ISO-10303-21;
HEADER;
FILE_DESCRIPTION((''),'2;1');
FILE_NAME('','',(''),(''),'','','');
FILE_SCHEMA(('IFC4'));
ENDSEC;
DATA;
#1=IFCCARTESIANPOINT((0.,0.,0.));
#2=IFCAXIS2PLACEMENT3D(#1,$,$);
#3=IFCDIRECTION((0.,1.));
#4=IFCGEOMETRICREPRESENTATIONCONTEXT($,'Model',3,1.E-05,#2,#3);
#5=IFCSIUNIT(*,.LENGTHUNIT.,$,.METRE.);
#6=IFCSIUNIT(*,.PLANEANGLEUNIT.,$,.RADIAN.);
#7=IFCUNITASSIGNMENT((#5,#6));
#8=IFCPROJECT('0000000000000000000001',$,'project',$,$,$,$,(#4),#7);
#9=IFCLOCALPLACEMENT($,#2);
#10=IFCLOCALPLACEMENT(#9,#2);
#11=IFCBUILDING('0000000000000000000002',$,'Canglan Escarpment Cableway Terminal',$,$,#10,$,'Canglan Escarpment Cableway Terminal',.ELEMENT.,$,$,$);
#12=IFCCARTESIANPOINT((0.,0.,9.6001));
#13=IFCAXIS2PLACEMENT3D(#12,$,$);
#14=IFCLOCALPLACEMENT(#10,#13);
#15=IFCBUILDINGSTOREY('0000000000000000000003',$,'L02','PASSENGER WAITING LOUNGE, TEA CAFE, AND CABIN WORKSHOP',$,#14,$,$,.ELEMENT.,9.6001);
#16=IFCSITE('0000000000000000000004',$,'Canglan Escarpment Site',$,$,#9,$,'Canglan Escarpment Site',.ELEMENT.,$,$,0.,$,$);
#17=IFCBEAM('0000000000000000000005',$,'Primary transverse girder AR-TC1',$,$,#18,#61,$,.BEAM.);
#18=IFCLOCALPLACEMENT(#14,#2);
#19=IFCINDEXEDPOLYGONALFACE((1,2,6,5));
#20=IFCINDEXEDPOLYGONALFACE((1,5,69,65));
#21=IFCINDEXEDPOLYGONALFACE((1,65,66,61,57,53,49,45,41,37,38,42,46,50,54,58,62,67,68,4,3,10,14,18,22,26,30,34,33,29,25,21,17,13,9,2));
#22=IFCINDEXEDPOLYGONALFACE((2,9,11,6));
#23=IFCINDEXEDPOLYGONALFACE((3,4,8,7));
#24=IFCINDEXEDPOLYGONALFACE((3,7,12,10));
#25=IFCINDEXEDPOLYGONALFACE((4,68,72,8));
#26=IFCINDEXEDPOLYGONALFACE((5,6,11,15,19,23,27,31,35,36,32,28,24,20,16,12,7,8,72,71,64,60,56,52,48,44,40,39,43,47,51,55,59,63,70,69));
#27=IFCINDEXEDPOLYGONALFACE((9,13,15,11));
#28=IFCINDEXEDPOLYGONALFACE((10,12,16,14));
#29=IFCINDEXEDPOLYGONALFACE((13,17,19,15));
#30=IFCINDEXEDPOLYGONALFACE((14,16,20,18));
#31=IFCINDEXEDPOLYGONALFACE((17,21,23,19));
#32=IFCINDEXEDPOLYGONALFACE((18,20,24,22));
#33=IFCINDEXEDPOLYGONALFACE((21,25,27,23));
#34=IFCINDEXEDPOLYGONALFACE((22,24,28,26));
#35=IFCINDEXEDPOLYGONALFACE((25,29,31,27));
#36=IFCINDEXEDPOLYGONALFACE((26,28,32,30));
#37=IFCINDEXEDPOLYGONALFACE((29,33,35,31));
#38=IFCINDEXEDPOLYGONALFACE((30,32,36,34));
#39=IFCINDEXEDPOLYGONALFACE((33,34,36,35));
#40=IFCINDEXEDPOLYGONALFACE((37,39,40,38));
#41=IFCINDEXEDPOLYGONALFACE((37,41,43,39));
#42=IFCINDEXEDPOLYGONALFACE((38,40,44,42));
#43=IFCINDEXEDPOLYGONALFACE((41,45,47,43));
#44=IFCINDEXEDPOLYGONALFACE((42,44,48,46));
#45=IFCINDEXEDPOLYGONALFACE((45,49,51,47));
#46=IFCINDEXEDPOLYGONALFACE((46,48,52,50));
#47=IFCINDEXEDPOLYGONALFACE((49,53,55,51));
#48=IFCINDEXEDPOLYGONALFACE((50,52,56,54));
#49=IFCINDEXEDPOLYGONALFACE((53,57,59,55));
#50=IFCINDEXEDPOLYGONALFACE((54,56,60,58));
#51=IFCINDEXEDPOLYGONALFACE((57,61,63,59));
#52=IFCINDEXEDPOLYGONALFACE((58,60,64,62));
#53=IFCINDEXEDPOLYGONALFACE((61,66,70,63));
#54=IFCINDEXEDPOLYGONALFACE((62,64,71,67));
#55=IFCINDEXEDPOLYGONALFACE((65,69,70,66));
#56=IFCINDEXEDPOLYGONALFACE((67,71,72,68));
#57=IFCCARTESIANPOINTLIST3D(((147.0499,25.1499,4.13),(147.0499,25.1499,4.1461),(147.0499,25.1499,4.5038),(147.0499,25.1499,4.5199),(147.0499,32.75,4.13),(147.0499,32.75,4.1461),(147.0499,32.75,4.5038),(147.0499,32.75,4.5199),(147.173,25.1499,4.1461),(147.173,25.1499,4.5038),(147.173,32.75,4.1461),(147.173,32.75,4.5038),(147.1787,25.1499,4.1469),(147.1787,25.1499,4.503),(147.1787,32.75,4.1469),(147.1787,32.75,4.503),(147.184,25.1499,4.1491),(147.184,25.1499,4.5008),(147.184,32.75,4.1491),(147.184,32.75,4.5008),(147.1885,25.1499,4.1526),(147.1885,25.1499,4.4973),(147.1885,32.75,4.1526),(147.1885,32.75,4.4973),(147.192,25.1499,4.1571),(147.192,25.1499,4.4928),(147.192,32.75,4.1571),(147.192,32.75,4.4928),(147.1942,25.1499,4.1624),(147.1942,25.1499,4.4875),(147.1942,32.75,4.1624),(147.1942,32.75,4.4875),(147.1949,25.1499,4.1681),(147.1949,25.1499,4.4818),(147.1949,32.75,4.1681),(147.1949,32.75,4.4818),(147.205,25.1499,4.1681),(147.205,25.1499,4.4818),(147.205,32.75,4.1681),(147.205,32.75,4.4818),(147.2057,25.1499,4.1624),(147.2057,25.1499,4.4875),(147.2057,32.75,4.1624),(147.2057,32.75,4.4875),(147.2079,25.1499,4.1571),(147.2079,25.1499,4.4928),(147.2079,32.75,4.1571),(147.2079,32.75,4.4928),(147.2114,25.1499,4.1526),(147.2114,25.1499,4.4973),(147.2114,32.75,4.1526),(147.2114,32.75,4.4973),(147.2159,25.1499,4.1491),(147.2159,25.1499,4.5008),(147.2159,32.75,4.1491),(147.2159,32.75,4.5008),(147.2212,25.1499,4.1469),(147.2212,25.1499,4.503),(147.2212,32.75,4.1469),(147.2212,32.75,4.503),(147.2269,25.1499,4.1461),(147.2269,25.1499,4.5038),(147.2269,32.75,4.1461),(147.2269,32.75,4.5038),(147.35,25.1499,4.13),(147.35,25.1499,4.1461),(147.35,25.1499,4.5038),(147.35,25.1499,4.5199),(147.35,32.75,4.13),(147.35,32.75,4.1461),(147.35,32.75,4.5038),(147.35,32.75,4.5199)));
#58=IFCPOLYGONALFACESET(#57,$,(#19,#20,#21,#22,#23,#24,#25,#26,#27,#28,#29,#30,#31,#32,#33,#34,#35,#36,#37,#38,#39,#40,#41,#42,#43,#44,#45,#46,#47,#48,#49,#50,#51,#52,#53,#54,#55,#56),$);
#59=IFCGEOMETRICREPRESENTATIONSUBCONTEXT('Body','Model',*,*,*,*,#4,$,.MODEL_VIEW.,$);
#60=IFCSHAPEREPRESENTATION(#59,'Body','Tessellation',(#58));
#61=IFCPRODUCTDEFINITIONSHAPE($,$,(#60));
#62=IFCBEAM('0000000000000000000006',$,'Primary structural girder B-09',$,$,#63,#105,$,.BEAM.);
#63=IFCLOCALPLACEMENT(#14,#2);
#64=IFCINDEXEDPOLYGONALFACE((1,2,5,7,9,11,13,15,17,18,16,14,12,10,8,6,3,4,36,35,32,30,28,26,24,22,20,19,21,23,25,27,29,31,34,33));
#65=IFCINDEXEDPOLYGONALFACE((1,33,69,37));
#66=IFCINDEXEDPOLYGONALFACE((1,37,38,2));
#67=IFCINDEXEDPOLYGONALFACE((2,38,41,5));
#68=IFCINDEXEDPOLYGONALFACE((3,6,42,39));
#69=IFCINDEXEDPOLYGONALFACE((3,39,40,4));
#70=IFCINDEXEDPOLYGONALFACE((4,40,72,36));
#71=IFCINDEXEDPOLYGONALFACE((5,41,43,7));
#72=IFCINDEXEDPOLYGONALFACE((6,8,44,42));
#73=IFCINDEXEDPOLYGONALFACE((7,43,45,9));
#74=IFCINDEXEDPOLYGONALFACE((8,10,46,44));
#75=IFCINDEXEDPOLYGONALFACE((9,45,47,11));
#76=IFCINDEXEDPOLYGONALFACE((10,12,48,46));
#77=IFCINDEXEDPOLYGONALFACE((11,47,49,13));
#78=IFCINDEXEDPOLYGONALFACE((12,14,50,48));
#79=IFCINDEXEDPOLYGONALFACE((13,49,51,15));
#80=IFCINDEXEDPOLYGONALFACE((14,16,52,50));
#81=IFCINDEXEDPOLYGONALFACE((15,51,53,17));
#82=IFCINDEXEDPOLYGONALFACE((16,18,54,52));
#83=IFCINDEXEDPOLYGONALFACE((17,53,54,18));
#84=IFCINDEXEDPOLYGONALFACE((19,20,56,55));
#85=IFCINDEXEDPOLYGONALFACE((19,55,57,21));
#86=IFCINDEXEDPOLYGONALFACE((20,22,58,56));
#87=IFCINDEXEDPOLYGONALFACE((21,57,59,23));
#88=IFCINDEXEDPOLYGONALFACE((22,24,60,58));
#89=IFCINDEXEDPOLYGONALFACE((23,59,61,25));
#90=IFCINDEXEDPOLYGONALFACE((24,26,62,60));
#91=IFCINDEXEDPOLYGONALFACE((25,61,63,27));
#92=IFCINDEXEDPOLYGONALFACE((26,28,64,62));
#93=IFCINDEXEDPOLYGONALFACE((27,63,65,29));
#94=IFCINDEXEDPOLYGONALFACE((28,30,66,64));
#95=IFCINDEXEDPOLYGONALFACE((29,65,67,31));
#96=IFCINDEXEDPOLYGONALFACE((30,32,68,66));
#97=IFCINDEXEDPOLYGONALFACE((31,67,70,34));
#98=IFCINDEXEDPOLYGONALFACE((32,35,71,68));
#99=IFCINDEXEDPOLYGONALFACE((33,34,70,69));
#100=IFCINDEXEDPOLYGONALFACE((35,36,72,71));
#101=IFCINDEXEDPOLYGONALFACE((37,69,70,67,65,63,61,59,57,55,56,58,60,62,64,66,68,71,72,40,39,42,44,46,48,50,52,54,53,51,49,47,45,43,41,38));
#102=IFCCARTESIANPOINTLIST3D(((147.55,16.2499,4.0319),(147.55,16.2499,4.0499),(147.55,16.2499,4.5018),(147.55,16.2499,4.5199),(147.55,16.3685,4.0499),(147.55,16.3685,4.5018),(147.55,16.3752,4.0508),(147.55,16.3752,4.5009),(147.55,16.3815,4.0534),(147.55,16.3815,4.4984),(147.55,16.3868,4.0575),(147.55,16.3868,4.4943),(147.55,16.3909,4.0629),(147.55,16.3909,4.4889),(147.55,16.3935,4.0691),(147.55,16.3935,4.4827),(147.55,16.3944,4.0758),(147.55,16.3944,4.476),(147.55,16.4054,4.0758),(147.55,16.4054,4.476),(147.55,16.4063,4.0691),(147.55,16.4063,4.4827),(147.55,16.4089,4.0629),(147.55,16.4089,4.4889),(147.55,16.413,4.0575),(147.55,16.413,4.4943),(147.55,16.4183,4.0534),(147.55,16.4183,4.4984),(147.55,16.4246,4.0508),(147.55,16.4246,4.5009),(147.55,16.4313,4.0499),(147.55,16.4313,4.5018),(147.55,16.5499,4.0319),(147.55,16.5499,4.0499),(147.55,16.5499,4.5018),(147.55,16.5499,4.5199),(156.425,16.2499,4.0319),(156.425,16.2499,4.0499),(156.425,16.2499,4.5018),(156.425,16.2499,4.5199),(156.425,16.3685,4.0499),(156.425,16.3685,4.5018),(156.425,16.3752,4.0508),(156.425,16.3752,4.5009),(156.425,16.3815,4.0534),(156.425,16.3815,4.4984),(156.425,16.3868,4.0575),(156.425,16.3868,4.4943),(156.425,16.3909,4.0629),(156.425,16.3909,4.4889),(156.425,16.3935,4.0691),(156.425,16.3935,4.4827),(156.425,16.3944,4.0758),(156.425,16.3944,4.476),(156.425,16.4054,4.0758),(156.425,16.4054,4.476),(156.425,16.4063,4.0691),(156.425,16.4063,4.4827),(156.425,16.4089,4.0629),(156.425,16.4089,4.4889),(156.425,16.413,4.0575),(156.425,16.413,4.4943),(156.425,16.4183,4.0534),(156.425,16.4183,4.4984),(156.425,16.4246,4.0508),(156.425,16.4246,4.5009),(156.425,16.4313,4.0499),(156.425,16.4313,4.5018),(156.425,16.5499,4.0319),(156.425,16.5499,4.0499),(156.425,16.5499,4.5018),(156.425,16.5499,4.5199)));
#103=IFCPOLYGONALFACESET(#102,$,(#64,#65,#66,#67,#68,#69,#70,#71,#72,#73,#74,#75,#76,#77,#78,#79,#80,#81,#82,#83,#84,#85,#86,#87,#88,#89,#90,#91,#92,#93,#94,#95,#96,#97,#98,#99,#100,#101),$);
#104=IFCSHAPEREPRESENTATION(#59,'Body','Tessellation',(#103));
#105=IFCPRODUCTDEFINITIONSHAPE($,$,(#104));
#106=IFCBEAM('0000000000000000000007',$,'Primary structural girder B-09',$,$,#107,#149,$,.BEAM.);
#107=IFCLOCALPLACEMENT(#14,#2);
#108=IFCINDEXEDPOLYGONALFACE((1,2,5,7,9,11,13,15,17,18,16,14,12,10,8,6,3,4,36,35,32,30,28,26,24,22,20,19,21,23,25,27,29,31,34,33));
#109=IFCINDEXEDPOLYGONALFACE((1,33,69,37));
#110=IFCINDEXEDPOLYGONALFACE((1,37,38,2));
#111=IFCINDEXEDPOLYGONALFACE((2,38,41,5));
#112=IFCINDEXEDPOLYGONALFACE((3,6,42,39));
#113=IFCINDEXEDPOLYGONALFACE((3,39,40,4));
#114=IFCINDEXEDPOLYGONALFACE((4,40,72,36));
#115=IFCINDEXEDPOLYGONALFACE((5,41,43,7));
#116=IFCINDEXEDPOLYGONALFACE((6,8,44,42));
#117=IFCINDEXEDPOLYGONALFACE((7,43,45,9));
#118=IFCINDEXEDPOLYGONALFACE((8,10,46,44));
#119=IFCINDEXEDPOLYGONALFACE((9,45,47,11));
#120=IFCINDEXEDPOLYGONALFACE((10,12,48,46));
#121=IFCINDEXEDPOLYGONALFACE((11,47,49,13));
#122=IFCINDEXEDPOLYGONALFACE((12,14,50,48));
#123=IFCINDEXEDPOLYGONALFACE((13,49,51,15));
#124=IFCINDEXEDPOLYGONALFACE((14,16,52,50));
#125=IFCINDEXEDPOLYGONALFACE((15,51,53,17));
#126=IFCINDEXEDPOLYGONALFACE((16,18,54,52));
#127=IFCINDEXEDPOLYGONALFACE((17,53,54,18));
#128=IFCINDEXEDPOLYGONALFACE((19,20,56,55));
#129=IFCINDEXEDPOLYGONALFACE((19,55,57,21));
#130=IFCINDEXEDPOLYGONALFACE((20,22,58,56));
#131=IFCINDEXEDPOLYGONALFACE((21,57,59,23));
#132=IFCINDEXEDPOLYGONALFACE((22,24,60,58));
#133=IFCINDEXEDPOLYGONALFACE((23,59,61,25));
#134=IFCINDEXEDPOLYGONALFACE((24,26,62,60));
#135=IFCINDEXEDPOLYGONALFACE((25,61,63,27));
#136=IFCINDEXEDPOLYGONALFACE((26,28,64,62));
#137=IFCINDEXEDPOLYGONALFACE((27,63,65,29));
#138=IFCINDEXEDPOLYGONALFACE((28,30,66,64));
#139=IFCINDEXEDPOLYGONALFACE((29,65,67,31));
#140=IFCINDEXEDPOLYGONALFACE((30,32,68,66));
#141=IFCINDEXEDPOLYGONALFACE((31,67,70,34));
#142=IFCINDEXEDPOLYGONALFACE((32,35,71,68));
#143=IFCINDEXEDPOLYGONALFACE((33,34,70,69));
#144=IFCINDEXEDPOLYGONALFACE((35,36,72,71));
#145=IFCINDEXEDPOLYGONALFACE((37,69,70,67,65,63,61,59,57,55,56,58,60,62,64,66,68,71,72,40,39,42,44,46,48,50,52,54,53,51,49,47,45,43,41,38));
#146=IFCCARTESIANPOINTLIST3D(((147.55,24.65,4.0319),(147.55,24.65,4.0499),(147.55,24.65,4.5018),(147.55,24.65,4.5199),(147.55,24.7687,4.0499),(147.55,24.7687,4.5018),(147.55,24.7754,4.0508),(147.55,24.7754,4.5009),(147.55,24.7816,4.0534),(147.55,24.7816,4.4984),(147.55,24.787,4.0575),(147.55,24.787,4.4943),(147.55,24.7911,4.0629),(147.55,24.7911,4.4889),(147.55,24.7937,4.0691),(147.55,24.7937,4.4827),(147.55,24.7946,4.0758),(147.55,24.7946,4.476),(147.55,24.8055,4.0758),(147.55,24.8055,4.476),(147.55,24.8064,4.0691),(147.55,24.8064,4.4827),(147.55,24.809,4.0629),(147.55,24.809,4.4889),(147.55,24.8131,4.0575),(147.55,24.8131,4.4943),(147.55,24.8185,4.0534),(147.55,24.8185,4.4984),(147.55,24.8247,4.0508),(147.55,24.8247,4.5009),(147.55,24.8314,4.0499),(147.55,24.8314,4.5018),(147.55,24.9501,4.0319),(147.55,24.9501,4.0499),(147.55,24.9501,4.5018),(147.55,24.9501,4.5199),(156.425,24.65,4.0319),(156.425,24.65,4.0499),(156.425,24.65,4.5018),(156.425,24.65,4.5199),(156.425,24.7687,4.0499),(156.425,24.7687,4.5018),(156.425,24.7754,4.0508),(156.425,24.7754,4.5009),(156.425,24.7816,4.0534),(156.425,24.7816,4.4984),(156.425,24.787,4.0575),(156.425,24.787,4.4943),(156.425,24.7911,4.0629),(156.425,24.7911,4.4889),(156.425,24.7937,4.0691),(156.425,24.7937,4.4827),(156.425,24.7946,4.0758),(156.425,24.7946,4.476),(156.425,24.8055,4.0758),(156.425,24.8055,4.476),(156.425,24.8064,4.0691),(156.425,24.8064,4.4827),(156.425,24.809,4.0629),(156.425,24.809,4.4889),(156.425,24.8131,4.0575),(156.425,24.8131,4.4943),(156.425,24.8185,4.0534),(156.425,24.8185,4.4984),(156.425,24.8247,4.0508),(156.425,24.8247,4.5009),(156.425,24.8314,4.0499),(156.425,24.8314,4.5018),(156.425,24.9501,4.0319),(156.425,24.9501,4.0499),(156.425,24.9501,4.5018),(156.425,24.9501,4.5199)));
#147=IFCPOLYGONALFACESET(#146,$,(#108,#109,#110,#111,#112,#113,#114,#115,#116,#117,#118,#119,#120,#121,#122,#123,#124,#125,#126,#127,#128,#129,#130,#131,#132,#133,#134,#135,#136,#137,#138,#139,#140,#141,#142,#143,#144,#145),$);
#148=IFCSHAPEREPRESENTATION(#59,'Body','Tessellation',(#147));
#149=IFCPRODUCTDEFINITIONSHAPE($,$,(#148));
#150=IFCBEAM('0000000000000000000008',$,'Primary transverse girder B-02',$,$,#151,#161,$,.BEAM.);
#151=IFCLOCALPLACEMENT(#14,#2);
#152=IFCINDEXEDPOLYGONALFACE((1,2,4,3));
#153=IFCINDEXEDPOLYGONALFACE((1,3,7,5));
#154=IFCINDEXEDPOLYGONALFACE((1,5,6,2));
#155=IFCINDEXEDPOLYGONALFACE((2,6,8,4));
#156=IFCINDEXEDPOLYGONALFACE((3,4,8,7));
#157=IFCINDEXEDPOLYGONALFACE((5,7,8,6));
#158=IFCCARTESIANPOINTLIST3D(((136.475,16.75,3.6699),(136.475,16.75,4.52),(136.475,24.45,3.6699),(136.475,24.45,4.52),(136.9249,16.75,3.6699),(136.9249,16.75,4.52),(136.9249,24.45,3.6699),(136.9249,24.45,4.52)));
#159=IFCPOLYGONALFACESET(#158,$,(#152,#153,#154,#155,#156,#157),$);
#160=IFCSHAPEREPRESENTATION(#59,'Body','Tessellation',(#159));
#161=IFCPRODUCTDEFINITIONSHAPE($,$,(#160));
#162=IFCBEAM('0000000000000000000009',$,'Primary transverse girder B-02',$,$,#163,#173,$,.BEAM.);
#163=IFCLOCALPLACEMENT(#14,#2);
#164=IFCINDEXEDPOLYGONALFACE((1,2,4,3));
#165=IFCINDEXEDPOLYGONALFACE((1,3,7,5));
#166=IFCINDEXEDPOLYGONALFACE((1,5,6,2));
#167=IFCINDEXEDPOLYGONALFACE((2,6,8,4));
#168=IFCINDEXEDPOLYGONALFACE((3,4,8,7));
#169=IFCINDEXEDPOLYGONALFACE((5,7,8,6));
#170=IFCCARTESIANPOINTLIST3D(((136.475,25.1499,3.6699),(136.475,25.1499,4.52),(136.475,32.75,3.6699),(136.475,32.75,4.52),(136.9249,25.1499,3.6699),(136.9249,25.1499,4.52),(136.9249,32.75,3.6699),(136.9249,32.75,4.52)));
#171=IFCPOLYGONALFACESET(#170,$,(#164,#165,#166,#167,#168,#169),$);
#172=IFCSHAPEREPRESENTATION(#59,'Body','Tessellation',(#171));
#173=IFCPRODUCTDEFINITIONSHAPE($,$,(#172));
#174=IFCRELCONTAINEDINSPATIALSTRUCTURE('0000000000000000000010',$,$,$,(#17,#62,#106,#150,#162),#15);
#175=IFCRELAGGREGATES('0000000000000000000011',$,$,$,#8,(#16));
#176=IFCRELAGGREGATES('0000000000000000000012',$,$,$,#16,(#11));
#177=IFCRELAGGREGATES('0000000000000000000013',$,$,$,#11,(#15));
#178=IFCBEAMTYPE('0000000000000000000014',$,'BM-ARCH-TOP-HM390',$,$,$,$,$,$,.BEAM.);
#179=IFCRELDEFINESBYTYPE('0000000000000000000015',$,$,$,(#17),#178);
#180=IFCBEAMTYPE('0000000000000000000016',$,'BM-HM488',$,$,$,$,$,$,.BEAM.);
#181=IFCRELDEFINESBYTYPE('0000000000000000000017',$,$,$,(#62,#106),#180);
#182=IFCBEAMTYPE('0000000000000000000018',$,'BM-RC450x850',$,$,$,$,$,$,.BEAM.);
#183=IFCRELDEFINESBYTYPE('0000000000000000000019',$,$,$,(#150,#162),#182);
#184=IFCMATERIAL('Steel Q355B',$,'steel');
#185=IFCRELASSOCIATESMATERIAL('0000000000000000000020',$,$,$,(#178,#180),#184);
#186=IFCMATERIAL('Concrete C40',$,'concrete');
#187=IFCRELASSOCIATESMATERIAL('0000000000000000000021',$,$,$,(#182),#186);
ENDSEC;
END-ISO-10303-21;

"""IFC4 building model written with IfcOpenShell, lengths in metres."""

from ifc_helpers import new_model, si_unit, direction, frame, origin, origin_2d, place, context, subcontext, project, spatial, rectangle, i_section, extrude, material, material_profile, profile_set, type_object, element, save


model = new_model("IFC4")

# Units and contexts
model_context = context("Model", 3, precision=1e-05, world=origin(), true_north=direction((0.0, 1.0)))
body_context = subcontext(model_context, "Body", "Model", "MODEL_VIEW")
ifc_project = project(units=[si_unit("LENGTHUNIT", "METRE"), si_unit("PLANEANGLEUNIT", "RADIAN")], contexts=[model_context])

# Site, building, storey
site_placement = place(None, origin())
site = spatial("IfcSite", under=ifc_project, at=site_placement, Name="Canglan Escarpment Site", LongName="Canglan Escarpment Site", CompositionType="ELEMENT", RefElevation=0.0)
building_placement = place(site_placement, origin())
building = spatial("IfcBuilding", under=site, at=building_placement, Name="Canglan Escarpment Cableway Terminal", LongName="Canglan Escarpment Cableway Terminal", CompositionType="ELEMENT")
storey_placement = place(building_placement, frame((0.0, 0.0, 9.6001)))
storey = spatial("IfcBuildingStorey", under=building, at=storey_placement, Name="L02", Description="PASSENGER WAITING LOUNGE, TEA CAFE, AND CABIN WORKSHOP", CompositionType="ELEMENT", Elevation=9.6001)

# Shared definitions
ifc_material_1 = material(Name="Concrete C40", Category="concrete")

# Beams
ifc_material_2 = material(Name="Steel Q355B", Category="steel")
ifc_material_profile_1 = material_profile(ifc_material_2, i_section(OverallWidth=0.3, OverallDepth=0.3899, WebThickness=0.01, FlangeThickness=0.0161, FilletRadius=0.022, at=origin_2d()), Name="HM 390x300x10x16")
ifc_profile_set_1 = profile_set([ifc_material_profile_1], Name="Steel Q355B")
beam_type_1 = type_object("IfcBeamType", Name="BM-ARCH-TOP-HM390", PredefinedType="BEAM", material=ifc_profile_set_1)
beam_1_placement = place(storey_placement, frame((147.2, 25.1499, 4.325), z_axis=(0.0, 1.0, 0.0), x_axis=(-1.0, 0.0, 0.0)))
element("IfcBeam", 1, at=beam_1_placement, inside=storey, type_object=beam_type_1, Name="Primary transverse girder AR-TC1", PredefinedType="BEAM", context=body_context, shape_type="SweptSolid", body=[
    extrude(i_section(OverallWidth=0.3, OverallDepth=0.3899, WebThickness=0.01, FlangeThickness=0.0161, FilletRadius=0.022, at=origin_2d()), origin(), (0.0, 0.0, 1.0), 7.6001),
])
ifc_material_profile_2 = material_profile(ifc_material_2, i_section(OverallWidth=0.3, OverallDepth=0.488, WebThickness=0.011, FlangeThickness=0.0181, FilletRadius=0.0259, at=origin_2d()), Name="HM 488x300x11x18")
ifc_profile_set_2 = profile_set([ifc_material_profile_2], Name="Steel Q355B")
beam_type_2 = type_object("IfcBeamType", Name="BM-HM488", PredefinedType="BEAM", material=ifc_profile_set_2)
for number, where, z_axis, x_axis, name in (
    (2, (147.55, 16.3999, 4.2759), (1.0, 0.0, 0.0), (0.0, 1.0, 0.0), "Primary structural girder B-09"),
    (3, (147.55, 24.8, 4.2759), (1.0, 0.0, 0.0), (0.0, 1.0, 0.0), "Primary structural girder B-09"),
):
    element("IfcBeam", number, at=place(storey_placement, frame(where, z_axis=z_axis, x_axis=x_axis)), inside=storey, type_object=beam_type_2, Name=name, PredefinedType="BEAM", context=body_context, shape_type="SweptSolid", body=[
        extrude(i_section(OverallWidth=0.3, OverallDepth=0.488, WebThickness=0.011, FlangeThickness=0.0181, FilletRadius=0.0259, at=origin_2d()), origin(), (0.0, 0.0, 1.0), 8.875),
    ])
ifc_material_profile_3 = material_profile(ifc_material_1, rectangle(XDim=0.45, YDim=0.8501, at=origin_2d()), Name="RC 450x850")
ifc_profile_set_3 = profile_set([ifc_material_profile_3], Name="Concrete C40")
beam_type_3 = type_object("IfcBeamType", Name="BM-RC450x850", PredefinedType="BEAM", material=ifc_profile_set_3)
beam_2_placement = place(storey_placement, frame((136.7, 16.75, 4.095), z_axis=(0.0, 1.0, 0.0), x_axis=(-1.0, 0.0, 0.0)))
element("IfcBeam", 4, at=beam_2_placement, inside=storey, type_object=beam_type_3, Name="Primary transverse girder B-02", PredefinedType="BEAM", context=body_context, shape_type="SweptSolid", body=[
    extrude(rectangle(XDim=0.45, YDim=0.8501, at=origin_2d()), origin(), (0.0, 0.0, 1.0), 7.7),
])
beam_3_placement = place(storey_placement, frame((136.7, 25.1499, 4.095), z_axis=(0.0, 1.0, 0.0), x_axis=(-1.0, 0.0, 0.0)))
element("IfcBeam", 5, at=beam_3_placement, inside=storey, type_object=beam_type_3, Name="Primary transverse girder B-02", PredefinedType="BEAM", context=body_context, shape_type="SweptSolid", body=[
    extrude(rectangle(XDim=0.45, YDim=0.8501, at=origin_2d()), origin(), (0.0, 0.0, 1.0), 7.6001),
])

save(model, "model.ifc")
